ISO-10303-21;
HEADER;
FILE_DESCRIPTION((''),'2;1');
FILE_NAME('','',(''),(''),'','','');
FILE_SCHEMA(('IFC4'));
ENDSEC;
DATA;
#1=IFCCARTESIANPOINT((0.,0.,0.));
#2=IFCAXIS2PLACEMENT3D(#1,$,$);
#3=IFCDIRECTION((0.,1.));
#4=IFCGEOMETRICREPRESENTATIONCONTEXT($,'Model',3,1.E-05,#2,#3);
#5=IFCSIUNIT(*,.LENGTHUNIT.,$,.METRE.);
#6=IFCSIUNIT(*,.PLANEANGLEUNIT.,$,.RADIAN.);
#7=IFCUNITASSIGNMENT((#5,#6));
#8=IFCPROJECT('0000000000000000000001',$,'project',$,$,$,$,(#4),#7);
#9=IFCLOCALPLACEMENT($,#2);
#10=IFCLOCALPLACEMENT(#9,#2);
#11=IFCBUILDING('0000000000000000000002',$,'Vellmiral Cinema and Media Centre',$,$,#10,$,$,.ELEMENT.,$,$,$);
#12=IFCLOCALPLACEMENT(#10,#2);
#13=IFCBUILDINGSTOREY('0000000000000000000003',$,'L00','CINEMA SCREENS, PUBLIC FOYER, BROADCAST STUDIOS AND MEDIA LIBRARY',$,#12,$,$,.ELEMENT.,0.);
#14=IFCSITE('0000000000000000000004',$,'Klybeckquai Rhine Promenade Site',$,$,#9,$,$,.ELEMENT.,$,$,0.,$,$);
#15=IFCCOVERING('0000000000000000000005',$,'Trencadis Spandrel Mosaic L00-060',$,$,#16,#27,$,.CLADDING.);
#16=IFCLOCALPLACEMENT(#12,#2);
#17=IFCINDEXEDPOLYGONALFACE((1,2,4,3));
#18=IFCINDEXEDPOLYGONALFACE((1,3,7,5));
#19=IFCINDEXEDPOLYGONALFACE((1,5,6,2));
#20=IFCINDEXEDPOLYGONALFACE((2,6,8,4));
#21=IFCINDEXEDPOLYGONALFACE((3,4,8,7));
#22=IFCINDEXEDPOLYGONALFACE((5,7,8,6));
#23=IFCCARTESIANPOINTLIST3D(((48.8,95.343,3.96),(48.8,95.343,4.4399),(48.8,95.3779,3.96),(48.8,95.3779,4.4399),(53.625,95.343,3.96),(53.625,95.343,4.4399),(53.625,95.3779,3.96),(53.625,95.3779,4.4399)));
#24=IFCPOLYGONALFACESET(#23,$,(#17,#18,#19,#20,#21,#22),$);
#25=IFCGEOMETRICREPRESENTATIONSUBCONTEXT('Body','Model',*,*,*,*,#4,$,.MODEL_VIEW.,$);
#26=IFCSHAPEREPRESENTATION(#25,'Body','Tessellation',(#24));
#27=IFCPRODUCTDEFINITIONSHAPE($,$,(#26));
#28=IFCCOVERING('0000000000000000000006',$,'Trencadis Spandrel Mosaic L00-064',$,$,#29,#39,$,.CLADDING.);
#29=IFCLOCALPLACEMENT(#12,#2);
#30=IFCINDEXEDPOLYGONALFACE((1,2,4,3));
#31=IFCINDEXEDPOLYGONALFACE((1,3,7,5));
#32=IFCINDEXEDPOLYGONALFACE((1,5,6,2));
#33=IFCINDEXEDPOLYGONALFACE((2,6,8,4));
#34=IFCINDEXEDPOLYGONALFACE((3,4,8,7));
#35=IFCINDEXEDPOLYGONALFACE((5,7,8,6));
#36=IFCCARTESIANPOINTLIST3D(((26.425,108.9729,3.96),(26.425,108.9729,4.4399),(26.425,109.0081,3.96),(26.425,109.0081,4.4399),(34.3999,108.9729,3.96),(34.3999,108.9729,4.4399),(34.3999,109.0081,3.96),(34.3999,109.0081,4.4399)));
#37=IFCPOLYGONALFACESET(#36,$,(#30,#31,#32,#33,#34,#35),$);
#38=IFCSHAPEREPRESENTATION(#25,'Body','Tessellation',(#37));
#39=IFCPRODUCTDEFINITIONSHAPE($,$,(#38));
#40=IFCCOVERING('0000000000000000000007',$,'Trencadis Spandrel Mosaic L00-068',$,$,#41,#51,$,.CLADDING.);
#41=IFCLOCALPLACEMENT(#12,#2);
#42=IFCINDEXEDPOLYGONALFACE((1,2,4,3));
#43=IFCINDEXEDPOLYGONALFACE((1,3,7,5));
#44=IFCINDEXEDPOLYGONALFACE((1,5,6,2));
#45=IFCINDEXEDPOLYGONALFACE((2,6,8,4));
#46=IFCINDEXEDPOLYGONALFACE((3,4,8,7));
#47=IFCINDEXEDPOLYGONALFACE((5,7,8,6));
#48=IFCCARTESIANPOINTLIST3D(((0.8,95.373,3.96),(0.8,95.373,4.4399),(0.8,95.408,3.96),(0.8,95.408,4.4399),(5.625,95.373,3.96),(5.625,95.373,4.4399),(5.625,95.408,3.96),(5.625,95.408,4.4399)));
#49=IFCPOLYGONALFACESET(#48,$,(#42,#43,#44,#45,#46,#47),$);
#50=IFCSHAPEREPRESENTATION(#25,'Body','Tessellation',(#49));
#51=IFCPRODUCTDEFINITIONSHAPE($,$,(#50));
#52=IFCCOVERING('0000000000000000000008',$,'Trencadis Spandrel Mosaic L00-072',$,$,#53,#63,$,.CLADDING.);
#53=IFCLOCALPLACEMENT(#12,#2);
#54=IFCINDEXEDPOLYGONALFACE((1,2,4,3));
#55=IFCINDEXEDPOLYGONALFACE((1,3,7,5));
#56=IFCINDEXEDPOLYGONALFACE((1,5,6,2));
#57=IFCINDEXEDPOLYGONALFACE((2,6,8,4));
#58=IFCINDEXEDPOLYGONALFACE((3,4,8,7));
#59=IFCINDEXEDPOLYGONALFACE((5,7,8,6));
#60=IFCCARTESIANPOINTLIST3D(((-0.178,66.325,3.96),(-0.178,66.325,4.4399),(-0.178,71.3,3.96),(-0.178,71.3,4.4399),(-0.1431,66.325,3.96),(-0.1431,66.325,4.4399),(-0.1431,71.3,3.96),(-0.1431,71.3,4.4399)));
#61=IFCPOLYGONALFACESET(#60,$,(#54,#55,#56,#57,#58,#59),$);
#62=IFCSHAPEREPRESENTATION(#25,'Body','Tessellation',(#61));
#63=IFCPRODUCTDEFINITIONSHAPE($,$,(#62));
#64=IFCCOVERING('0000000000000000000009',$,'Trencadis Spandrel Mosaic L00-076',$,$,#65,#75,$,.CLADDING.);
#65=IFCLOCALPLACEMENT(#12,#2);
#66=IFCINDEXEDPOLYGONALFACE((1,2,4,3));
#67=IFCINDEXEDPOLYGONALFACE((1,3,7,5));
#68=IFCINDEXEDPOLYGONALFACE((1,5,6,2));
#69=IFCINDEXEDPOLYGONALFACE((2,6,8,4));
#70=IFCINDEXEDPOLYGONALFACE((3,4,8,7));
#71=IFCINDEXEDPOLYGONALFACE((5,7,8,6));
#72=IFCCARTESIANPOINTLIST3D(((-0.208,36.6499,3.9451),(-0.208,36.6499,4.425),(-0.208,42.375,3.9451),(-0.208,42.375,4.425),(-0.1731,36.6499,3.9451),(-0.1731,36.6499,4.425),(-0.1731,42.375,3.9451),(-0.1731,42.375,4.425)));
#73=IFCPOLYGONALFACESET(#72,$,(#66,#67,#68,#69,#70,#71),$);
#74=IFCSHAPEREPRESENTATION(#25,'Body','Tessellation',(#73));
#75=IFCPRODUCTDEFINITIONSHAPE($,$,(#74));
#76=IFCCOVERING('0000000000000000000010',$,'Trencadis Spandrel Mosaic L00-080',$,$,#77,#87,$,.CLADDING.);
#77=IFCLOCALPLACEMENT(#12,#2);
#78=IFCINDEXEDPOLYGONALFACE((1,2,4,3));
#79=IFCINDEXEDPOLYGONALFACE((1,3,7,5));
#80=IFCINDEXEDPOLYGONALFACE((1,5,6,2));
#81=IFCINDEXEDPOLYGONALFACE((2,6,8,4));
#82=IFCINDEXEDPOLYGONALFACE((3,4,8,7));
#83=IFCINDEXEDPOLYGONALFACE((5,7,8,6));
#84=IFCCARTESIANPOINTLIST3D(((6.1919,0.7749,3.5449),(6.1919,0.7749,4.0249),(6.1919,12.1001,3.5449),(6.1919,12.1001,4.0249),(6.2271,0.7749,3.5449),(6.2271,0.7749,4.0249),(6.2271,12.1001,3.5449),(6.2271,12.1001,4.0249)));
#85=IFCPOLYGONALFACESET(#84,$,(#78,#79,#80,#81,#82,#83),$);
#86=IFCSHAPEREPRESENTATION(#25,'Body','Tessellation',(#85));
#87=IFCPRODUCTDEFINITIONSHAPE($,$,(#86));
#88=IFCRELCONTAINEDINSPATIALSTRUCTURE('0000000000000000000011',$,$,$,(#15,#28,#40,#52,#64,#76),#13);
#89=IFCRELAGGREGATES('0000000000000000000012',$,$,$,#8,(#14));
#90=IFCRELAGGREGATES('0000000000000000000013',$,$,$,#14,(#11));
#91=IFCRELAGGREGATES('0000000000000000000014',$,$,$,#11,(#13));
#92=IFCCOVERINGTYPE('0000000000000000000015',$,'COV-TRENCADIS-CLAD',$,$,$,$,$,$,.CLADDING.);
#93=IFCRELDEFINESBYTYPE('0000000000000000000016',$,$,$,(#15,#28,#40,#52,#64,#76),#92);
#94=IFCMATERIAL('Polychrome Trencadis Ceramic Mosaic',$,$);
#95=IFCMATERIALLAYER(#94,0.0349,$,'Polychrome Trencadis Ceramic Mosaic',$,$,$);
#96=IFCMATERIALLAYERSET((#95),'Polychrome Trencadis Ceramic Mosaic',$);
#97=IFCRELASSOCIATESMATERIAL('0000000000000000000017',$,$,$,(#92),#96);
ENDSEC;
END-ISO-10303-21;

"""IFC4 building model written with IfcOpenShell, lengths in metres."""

from ifc_helpers import new_model, si_unit, direction, frame, origin, place, context, subcontext, project, spatial, polyline, outline, extrude, material, layer, layer_set, type_object, element, save


model = new_model("IFC4")

# Units and contexts
model_context = context("Model", 3, precision=1e-05, world=origin(), true_north=direction((0.0, 1.0)))
body_context = subcontext(model_context, "Body", "Model", "MODEL_VIEW")
ifc_project = project(units=[si_unit("LENGTHUNIT", "METRE"), si_unit("PLANEANGLEUNIT", "RADIAN")], contexts=[model_context])

# Site, building, storey
site_placement = place(None, origin())
site = spatial("IfcSite", under=ifc_project, at=site_placement, Name="Klybeckquai Rhine Promenade Site", CompositionType="ELEMENT", RefElevation=0.0)
building_placement = place(site_placement, origin())
building = spatial("IfcBuilding", under=site, at=building_placement, Name="Vellmiral Cinema and Media Centre", CompositionType="ELEMENT")
storey_placement = place(building_placement, origin())
storey = spatial("IfcBuildingStorey", under=building, at=storey_placement, Name="L00", Description="CINEMA SCREENS, PUBLIC FOYER, BROADCAST STUDIOS AND MEDIA LIBRARY", CompositionType="ELEMENT", Elevation=0.0)

# Coverings
ifc_material_1 = material(Name="Polychrome Trencadis Ceramic Mosaic")
ifc_layer_1 = layer(ifc_material_1, 0.0349, Name="Polychrome Trencadis Ceramic Mosaic")
ifc_layer_set_1 = layer_set([ifc_layer_1], Name="Polychrome Trencadis Ceramic Mosaic")
covering_type = type_object("IfcCoveringType", Name="COV-TRENCADIS-CLAD", PredefinedType="CLADDING", material=ifc_layer_set_1)
covering_1_placement = place(storey_placement, frame((0.0, 0.0, 3.96)))
element("IfcCovering", 1, at=covering_1_placement, inside=storey, type_object=covering_type, Name="Trencadis Spandrel Mosaic L00-060", PredefinedType="CLADDING", context=body_context, shape_type="SweptSolid", body=[
    extrude(outline(polyline([(53.625, 95.3779), (48.8, 95.3779), (48.8, 95.343), (53.625, 95.343), (53.625, 95.3779)])), origin(), (0.0, 0.0, 1.0), 0.48),
])
covering_2_placement = place(storey_placement, frame((0.0, 0.0, 3.96)))
element("IfcCovering", 2, at=covering_2_placement, inside=storey, type_object=covering_type, Name="Trencadis Spandrel Mosaic L00-064", PredefinedType="CLADDING", context=body_context, shape_type="SweptSolid", body=[
    extrude(outline(polyline([(34.3999, 109.0081), (26.425, 109.0081), (26.425, 108.9729), (34.3999, 108.9729), (34.3999, 109.0081)])), origin(), (0.0, 0.0, 1.0), 0.48),
])
covering_3_placement = place(storey_placement, frame((0.0, 0.0, 3.96)))
element("IfcCovering", 3, at=covering_3_placement, inside=storey, type_object=covering_type, Name="Trencadis Spandrel Mosaic L00-068", PredefinedType="CLADDING", context=body_context, shape_type="SweptSolid", body=[
    extrude(outline(polyline([(5.625, 95.408), (0.8, 95.408), (0.8, 95.373), (5.625, 95.373), (5.625, 95.408)])), origin(), (0.0, 0.0, 1.0), 0.48),
])
covering_4_placement = place(storey_placement, frame((0.0, 0.0, 3.96)))
element("IfcCovering", 4, at=covering_4_placement, inside=storey, type_object=covering_type, Name="Trencadis Spandrel Mosaic L00-072", PredefinedType="CLADDING", context=body_context, shape_type="SweptSolid", body=[
    extrude(outline(polyline([(-0.178, 71.3), (-0.178, 66.325), (-0.1431, 66.325), (-0.1431, 71.3), (-0.178, 71.3)])), origin(), (0.0, 0.0, 1.0), 0.48),
])
covering_5_placement = place(storey_placement, frame((0.0, 0.0, 3.9451)))
element("IfcCovering", 5, at=covering_5_placement, inside=storey, type_object=covering_type, Name="Trencadis Spandrel Mosaic L00-076", PredefinedType="CLADDING", context=body_context, shape_type="SweptSolid", body=[
    extrude(outline(polyline([(-0.208, 42.375), (-0.208, 36.6499), (-0.1731, 36.6499), (-0.1731, 42.375), (-0.208, 42.375)])), origin(), (0.0, 0.0, 1.0), 0.48),
])
covering_6_placement = place(storey_placement, frame((0.0, 0.0, 3.5449)))
element("IfcCovering", 6, at=covering_6_placement, inside=storey, type_object=covering_type, Name="Trencadis Spandrel Mosaic L00-080", PredefinedType="CLADDING", context=body_context, shape_type="SweptSolid", body=[
    extrude(outline(polyline([(6.1919, 12.1001), (6.1919, 0.7749), (6.2271, 0.7749), (6.2271, 12.1001), (6.1919, 12.1001)])), origin(), (0.0, 0.0, 1.0), 0.48),
])

save(model, "model.ifc")
